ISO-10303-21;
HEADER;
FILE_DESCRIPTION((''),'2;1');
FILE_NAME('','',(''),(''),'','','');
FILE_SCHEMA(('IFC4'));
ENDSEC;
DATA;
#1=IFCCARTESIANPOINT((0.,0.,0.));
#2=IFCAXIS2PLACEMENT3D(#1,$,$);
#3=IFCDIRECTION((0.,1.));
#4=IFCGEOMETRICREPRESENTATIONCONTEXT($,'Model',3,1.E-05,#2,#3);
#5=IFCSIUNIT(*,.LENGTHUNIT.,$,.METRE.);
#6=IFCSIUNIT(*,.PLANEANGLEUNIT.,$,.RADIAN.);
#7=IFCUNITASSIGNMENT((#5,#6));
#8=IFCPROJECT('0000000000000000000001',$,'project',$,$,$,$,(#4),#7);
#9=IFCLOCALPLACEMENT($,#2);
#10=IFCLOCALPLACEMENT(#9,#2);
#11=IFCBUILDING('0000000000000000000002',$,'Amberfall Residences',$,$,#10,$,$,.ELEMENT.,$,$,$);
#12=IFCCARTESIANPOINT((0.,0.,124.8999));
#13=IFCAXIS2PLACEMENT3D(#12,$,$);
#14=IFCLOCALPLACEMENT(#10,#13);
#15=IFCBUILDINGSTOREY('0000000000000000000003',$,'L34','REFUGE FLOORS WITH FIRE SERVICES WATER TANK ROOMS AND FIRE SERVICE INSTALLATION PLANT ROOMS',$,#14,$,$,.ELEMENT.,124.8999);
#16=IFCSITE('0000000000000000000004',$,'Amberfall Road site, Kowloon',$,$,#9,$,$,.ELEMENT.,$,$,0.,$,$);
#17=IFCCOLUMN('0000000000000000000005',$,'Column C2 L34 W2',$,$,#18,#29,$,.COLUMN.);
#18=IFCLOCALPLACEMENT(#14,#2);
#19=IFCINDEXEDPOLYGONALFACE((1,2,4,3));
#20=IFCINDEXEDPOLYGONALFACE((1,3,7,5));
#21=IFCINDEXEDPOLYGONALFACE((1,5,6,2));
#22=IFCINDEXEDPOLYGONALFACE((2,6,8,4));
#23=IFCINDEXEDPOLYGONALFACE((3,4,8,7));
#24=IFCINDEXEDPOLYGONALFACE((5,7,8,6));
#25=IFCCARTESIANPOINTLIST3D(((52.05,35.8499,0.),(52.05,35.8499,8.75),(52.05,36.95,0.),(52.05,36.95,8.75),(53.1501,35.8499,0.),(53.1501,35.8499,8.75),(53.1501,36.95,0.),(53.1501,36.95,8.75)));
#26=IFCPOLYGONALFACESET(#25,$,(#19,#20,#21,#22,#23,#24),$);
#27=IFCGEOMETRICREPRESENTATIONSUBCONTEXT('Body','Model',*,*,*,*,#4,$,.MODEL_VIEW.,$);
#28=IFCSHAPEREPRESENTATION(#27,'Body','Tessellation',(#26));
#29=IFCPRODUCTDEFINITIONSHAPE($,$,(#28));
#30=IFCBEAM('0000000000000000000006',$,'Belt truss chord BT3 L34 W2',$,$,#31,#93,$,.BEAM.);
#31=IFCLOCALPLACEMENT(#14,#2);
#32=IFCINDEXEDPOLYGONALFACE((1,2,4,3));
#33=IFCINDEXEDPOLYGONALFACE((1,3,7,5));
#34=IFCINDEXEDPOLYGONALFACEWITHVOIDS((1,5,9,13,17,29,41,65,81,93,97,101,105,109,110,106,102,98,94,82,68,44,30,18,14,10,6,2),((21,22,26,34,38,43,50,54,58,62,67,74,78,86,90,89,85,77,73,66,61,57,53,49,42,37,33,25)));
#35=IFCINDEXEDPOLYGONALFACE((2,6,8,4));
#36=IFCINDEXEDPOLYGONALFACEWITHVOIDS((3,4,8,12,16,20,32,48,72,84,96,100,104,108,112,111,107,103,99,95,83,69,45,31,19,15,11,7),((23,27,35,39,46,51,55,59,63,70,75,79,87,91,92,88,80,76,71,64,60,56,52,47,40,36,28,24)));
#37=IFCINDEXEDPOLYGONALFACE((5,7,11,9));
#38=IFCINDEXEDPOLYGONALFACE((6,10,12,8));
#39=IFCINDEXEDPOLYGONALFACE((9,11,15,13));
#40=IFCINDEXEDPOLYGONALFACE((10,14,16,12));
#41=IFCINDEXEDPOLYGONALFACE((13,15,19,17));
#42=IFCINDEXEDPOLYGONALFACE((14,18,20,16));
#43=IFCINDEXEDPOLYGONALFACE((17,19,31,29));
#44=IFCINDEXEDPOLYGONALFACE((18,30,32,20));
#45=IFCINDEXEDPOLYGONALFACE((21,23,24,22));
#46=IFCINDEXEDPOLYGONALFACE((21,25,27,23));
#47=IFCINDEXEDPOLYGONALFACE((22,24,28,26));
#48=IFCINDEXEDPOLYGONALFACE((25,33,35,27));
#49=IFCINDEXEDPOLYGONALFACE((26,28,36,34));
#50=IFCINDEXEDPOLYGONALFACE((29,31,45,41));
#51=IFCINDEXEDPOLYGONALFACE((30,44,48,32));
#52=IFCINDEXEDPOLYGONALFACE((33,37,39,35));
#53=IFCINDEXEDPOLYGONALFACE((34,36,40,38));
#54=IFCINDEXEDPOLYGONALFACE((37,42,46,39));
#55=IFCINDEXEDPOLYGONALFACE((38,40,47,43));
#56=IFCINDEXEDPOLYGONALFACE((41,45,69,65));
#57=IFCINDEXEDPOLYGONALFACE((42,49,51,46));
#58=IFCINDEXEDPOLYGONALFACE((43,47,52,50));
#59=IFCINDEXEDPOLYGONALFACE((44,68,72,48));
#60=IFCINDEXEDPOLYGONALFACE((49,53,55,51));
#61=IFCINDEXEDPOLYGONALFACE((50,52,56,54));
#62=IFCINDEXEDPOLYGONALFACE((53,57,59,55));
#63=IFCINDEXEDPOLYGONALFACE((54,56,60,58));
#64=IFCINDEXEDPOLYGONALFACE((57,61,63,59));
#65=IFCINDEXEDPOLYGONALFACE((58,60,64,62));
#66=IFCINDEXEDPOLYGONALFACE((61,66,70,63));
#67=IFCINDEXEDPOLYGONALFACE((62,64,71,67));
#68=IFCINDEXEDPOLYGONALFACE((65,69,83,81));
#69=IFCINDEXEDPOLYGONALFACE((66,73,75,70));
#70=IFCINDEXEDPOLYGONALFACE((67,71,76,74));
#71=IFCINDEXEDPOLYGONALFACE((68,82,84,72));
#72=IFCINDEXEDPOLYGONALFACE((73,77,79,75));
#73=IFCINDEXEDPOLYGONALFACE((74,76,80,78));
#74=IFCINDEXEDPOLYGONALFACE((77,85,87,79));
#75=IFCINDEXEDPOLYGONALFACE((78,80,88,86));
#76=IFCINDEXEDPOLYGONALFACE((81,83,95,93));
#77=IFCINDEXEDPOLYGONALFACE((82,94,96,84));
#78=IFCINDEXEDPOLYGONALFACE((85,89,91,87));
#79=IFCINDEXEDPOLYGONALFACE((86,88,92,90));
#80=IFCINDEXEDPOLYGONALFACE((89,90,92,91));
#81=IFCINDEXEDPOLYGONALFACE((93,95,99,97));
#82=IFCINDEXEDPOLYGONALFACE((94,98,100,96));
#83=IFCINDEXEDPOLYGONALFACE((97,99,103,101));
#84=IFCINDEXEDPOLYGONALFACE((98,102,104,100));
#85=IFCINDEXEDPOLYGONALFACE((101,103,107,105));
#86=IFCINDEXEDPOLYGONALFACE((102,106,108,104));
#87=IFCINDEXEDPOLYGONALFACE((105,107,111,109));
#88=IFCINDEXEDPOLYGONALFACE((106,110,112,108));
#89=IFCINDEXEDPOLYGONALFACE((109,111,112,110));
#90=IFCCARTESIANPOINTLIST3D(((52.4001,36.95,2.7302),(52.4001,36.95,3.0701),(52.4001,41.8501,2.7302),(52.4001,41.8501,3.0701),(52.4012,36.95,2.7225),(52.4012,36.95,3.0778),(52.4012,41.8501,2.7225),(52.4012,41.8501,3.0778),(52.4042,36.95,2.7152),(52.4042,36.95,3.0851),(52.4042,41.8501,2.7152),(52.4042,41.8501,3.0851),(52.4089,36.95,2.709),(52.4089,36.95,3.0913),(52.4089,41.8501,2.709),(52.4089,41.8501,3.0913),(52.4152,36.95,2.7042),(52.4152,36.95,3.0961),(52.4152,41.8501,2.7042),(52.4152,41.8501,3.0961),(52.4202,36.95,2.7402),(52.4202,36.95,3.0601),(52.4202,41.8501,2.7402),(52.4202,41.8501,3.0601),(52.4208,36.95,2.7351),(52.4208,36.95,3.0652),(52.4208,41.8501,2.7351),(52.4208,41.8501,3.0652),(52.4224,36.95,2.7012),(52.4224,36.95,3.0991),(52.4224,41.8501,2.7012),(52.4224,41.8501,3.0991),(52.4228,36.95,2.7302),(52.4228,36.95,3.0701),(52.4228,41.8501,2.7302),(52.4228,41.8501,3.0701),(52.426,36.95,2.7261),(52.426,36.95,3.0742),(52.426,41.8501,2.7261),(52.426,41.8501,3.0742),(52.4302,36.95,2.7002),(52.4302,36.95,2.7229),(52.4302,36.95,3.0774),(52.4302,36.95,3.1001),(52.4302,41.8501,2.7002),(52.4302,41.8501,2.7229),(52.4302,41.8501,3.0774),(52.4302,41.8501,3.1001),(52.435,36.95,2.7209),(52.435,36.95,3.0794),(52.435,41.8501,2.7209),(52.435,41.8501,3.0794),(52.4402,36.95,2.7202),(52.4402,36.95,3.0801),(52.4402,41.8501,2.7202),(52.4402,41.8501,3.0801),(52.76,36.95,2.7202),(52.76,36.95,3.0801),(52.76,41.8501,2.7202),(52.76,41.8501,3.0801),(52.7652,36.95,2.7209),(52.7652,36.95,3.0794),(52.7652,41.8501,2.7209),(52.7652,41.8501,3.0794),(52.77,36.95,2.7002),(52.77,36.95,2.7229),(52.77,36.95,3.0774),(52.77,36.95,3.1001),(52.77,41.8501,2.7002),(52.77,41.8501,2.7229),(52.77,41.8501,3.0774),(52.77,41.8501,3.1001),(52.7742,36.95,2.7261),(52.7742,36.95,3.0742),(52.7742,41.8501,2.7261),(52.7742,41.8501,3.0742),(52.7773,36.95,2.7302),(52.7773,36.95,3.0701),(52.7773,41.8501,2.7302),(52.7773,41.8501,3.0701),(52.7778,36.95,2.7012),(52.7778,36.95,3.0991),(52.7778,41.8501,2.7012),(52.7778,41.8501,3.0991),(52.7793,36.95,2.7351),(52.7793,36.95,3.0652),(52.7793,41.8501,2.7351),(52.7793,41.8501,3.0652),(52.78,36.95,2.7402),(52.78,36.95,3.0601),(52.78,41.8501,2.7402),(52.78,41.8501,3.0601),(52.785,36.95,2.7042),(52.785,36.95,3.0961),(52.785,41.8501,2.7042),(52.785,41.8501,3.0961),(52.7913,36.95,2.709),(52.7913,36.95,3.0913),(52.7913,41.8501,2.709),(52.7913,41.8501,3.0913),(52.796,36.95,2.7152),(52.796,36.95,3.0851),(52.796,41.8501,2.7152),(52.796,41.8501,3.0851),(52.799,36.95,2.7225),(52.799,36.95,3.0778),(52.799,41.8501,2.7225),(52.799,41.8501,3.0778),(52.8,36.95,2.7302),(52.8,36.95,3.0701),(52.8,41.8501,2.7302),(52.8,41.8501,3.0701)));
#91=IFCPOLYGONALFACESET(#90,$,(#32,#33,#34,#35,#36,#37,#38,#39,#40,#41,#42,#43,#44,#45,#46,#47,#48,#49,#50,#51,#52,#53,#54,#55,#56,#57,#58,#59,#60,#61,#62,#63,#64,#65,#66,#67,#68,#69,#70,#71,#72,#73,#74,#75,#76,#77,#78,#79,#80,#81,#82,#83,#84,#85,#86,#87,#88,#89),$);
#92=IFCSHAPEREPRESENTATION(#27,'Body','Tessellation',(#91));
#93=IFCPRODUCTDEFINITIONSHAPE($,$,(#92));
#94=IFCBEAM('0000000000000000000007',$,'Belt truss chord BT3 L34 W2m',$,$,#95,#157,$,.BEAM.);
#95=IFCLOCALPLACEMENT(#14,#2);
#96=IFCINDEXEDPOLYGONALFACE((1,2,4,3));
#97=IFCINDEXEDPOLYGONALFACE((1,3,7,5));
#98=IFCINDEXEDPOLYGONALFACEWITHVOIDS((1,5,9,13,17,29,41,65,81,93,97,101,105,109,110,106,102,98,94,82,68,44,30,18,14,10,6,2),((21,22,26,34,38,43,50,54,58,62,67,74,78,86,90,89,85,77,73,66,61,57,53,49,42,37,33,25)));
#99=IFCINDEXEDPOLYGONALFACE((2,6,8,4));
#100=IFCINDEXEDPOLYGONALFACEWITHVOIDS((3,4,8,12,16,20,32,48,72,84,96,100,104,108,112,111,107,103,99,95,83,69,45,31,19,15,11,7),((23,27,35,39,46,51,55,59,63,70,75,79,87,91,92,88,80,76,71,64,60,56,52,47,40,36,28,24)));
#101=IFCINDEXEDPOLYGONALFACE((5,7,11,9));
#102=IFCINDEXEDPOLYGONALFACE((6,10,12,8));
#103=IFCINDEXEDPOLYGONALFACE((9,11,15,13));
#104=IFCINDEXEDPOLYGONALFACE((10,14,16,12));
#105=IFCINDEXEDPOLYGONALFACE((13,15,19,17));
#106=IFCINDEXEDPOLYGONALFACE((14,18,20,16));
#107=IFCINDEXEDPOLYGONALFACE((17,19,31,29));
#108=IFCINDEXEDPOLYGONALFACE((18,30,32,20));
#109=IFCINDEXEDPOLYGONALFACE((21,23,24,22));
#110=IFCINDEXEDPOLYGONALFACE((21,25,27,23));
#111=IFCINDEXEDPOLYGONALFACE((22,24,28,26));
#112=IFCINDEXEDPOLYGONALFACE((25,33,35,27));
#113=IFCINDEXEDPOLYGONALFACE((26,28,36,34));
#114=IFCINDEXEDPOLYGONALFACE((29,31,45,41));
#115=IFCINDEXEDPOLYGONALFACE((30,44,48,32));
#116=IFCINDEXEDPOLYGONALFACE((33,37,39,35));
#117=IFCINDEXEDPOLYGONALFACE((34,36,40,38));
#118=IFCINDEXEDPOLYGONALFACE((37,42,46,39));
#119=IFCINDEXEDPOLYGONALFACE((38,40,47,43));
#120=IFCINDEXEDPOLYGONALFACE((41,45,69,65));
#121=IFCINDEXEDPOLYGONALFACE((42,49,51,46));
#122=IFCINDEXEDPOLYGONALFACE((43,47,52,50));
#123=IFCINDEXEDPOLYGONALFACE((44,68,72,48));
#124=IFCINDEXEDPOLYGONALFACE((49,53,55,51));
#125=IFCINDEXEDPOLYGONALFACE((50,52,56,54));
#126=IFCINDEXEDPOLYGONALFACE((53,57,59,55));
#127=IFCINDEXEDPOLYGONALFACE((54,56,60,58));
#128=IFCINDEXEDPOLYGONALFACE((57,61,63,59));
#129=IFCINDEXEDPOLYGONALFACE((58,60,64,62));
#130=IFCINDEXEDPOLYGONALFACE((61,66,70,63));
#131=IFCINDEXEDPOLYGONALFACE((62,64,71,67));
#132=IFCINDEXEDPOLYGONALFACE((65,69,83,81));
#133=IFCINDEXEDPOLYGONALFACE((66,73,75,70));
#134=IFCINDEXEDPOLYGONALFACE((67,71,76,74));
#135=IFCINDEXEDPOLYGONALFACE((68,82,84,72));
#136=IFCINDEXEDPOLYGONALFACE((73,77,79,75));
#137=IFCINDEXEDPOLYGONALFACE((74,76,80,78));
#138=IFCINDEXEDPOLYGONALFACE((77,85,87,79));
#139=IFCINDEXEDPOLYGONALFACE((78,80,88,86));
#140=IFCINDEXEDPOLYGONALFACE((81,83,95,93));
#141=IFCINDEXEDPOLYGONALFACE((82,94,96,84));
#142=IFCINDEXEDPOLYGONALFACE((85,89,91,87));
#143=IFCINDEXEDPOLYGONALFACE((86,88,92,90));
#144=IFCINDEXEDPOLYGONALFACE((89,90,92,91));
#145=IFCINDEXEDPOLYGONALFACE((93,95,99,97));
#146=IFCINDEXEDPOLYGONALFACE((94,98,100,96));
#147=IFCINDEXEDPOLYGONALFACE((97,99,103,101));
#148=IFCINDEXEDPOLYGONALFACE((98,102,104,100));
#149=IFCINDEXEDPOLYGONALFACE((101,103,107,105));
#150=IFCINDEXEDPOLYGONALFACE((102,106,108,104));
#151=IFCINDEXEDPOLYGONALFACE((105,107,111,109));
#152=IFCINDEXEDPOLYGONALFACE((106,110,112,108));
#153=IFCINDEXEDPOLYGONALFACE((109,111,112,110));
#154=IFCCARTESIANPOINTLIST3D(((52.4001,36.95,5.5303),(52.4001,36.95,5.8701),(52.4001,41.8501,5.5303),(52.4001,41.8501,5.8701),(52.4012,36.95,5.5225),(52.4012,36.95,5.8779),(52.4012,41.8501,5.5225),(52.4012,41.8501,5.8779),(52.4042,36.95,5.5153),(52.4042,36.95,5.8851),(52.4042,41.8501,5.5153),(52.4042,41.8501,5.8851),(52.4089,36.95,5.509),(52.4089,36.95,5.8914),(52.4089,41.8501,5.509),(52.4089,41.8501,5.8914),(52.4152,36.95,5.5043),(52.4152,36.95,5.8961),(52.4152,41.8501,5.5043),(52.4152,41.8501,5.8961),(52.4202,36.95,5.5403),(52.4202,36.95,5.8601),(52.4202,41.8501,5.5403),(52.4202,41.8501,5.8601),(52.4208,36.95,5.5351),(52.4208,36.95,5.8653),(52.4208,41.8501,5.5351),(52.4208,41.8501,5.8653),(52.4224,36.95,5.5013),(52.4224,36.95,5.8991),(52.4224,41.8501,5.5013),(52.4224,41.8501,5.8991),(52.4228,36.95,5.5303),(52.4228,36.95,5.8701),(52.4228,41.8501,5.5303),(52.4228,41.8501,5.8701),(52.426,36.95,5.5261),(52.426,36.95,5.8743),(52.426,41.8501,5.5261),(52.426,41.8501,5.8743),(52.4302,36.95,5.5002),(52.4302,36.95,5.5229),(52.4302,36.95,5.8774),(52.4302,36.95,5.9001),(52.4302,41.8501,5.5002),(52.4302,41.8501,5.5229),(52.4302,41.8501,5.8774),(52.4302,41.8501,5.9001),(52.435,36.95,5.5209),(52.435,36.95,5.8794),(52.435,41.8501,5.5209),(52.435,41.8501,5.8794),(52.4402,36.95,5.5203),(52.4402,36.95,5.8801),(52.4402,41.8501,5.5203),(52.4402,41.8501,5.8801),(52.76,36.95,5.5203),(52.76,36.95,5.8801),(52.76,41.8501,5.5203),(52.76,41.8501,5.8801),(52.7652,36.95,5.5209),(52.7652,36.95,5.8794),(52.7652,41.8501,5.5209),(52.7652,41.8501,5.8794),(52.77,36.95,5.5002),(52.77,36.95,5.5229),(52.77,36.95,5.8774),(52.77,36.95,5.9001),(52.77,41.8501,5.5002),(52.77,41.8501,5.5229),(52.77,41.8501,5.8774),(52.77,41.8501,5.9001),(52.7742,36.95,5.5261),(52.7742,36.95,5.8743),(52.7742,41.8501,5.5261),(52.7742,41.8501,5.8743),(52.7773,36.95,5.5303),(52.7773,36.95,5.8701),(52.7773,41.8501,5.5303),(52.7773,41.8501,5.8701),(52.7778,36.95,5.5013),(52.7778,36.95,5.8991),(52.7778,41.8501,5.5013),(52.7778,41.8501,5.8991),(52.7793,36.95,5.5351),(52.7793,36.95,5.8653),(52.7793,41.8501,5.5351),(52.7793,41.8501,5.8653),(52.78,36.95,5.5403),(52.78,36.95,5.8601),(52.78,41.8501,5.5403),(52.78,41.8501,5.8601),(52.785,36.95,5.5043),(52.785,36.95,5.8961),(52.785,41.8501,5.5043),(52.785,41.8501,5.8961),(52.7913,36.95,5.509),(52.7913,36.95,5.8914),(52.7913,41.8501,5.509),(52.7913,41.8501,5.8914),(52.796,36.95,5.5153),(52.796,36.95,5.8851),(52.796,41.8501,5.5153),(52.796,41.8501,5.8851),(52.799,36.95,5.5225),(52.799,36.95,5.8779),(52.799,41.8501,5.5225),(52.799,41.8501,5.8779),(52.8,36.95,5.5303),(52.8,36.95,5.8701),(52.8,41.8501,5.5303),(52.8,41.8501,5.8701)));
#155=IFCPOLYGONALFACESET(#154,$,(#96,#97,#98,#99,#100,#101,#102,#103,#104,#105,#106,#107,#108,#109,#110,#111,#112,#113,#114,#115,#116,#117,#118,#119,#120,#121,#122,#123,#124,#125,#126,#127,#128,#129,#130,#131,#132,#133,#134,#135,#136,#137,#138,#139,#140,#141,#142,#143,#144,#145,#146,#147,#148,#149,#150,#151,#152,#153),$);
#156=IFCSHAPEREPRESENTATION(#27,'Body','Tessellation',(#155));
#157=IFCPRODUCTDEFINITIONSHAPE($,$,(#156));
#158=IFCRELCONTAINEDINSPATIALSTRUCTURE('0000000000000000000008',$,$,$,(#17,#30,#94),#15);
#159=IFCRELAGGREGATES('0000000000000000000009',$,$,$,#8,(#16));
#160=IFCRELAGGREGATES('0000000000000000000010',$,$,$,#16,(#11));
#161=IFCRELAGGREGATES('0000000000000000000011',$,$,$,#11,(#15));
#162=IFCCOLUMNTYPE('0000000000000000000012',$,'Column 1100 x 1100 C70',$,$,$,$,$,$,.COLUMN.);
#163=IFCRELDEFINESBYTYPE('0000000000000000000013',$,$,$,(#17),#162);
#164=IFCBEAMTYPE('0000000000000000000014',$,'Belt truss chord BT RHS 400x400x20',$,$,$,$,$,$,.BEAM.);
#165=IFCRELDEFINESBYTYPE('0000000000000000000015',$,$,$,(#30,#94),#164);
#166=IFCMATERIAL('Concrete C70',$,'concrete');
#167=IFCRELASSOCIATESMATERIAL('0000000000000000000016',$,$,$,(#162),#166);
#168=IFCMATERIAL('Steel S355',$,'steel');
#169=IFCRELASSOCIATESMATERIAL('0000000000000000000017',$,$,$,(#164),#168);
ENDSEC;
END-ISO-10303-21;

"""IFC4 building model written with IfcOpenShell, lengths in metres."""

from ifc_helpers import new_model, si_unit, direction, frame, origin, origin_2d, place, context, subcontext, project, spatial, rectangle, hollow_rectangle, extrude, material, material_profile, profile_set, type_object, element, save


model = new_model("IFC4")

# Units and contexts
model_context = context("Model", 3, precision=1e-05, world=origin(), true_north=direction((0.0, 1.0)))
body_context = subcontext(model_context, "Body", "Model", "MODEL_VIEW")
ifc_project = project(units=[si_unit("LENGTHUNIT", "METRE"), si_unit("PLANEANGLEUNIT", "RADIAN")], contexts=[model_context])

# Site, building, storey
site_placement = place(None, origin())
site = spatial("IfcSite", under=ifc_project, at=site_placement, Name="Amberfall Road site, Kowloon", CompositionType="ELEMENT", RefElevation=0.0)
building_placement = place(site_placement, origin())
building = spatial("IfcBuilding", under=site, at=building_placement, Name="Amberfall Residences", CompositionType="ELEMENT")
storey_placement = place(building_placement, frame((0.0, 0.0, 124.8999)))
storey = spatial("IfcBuildingStorey", under=building, at=storey_placement, Name="L34", Description="REFUGE FLOORS WITH FIRE SERVICES WATER TANK ROOMS AND FIRE SERVICE INSTALLATION PLANT ROOMS", CompositionType="ELEMENT", Elevation=124.8999)

# Column
ifc_material_1 = material(Name="Concrete C70", Category="concrete")
ifc_material_profile_1 = material_profile(ifc_material_1, rectangle(XDim=1.1001, YDim=1.1001, at=origin_2d()), Name="Column 1100 x 1100 C70")
ifc_profile_set_1 = profile_set([ifc_material_profile_1], Name="Concrete C70")
column_type = type_object("IfcColumnType", Name="Column 1100 x 1100 C70", PredefinedType="COLUMN", material=ifc_profile_set_1)
column_placement = place(storey_placement, frame((52.6001, 36.3999, 0.0), z_axis=(0.0, 0.0, 1.0), x_axis=(1.0, 0.0, 0.0)))
element("IfcColumn", 1, at=column_placement, inside=storey, type_object=column_type, Name="Column C2 L34 W2", PredefinedType="COLUMN", context=body_context, shape_type="SweptSolid", body=[
    extrude(rectangle(XDim=1.1001, YDim=1.1001, at=origin_2d()), origin(), (0.0, 0.0, 1.0), 8.75),
])

# Beams
ifc_material_2 = material(Name="Steel S355", Category="steel")
ifc_material_profile_2 = material_profile(ifc_material_2, hollow_rectangle(XDim=0.3999, YDim=0.3999, WallThickness=0.02, InnerFilletRadius=0.02, OuterFilletRadius=0.03, at=origin_2d()), Name="RHS 400x400x20")
ifc_profile_set_2 = profile_set([ifc_material_profile_2], Name="Steel S355")
beam_type_1 = type_object("IfcBeamType", Name="Belt truss chord BT RHS 400x400x20", PredefinedType="BEAM", material=ifc_profile_set_2)
for number, where, z_axis, x_axis, name in (
    (2, (52.6001, 36.95, 2.9001), (0.0, 1.0, 0.0), (-1.0, 0.0, 0.0), "Belt truss chord BT3 L34 W2"),
    (3, (52.6001, 36.95, 5.7002), (0.0, 1.0, 0.0), (-1.0, 0.0, 0.0), "Belt truss chord BT3 L34 W2m"),
):
    element("IfcBeam", number, at=place(storey_placement, frame(where, z_axis=z_axis, x_axis=x_axis)), inside=storey, type_object=beam_type_1, Name=name, PredefinedType="BEAM", context=body_context, shape_type="SweptSolid", body=[
        extrude(hollow_rectangle(XDim=0.3999, YDim=0.3999, WallThickness=0.02, InnerFilletRadius=0.02, OuterFilletRadius=0.03, at=origin_2d()), origin(), (0.0, 0.0, 1.0), 4.9001),
    ])

save(model, "model.ifc")
